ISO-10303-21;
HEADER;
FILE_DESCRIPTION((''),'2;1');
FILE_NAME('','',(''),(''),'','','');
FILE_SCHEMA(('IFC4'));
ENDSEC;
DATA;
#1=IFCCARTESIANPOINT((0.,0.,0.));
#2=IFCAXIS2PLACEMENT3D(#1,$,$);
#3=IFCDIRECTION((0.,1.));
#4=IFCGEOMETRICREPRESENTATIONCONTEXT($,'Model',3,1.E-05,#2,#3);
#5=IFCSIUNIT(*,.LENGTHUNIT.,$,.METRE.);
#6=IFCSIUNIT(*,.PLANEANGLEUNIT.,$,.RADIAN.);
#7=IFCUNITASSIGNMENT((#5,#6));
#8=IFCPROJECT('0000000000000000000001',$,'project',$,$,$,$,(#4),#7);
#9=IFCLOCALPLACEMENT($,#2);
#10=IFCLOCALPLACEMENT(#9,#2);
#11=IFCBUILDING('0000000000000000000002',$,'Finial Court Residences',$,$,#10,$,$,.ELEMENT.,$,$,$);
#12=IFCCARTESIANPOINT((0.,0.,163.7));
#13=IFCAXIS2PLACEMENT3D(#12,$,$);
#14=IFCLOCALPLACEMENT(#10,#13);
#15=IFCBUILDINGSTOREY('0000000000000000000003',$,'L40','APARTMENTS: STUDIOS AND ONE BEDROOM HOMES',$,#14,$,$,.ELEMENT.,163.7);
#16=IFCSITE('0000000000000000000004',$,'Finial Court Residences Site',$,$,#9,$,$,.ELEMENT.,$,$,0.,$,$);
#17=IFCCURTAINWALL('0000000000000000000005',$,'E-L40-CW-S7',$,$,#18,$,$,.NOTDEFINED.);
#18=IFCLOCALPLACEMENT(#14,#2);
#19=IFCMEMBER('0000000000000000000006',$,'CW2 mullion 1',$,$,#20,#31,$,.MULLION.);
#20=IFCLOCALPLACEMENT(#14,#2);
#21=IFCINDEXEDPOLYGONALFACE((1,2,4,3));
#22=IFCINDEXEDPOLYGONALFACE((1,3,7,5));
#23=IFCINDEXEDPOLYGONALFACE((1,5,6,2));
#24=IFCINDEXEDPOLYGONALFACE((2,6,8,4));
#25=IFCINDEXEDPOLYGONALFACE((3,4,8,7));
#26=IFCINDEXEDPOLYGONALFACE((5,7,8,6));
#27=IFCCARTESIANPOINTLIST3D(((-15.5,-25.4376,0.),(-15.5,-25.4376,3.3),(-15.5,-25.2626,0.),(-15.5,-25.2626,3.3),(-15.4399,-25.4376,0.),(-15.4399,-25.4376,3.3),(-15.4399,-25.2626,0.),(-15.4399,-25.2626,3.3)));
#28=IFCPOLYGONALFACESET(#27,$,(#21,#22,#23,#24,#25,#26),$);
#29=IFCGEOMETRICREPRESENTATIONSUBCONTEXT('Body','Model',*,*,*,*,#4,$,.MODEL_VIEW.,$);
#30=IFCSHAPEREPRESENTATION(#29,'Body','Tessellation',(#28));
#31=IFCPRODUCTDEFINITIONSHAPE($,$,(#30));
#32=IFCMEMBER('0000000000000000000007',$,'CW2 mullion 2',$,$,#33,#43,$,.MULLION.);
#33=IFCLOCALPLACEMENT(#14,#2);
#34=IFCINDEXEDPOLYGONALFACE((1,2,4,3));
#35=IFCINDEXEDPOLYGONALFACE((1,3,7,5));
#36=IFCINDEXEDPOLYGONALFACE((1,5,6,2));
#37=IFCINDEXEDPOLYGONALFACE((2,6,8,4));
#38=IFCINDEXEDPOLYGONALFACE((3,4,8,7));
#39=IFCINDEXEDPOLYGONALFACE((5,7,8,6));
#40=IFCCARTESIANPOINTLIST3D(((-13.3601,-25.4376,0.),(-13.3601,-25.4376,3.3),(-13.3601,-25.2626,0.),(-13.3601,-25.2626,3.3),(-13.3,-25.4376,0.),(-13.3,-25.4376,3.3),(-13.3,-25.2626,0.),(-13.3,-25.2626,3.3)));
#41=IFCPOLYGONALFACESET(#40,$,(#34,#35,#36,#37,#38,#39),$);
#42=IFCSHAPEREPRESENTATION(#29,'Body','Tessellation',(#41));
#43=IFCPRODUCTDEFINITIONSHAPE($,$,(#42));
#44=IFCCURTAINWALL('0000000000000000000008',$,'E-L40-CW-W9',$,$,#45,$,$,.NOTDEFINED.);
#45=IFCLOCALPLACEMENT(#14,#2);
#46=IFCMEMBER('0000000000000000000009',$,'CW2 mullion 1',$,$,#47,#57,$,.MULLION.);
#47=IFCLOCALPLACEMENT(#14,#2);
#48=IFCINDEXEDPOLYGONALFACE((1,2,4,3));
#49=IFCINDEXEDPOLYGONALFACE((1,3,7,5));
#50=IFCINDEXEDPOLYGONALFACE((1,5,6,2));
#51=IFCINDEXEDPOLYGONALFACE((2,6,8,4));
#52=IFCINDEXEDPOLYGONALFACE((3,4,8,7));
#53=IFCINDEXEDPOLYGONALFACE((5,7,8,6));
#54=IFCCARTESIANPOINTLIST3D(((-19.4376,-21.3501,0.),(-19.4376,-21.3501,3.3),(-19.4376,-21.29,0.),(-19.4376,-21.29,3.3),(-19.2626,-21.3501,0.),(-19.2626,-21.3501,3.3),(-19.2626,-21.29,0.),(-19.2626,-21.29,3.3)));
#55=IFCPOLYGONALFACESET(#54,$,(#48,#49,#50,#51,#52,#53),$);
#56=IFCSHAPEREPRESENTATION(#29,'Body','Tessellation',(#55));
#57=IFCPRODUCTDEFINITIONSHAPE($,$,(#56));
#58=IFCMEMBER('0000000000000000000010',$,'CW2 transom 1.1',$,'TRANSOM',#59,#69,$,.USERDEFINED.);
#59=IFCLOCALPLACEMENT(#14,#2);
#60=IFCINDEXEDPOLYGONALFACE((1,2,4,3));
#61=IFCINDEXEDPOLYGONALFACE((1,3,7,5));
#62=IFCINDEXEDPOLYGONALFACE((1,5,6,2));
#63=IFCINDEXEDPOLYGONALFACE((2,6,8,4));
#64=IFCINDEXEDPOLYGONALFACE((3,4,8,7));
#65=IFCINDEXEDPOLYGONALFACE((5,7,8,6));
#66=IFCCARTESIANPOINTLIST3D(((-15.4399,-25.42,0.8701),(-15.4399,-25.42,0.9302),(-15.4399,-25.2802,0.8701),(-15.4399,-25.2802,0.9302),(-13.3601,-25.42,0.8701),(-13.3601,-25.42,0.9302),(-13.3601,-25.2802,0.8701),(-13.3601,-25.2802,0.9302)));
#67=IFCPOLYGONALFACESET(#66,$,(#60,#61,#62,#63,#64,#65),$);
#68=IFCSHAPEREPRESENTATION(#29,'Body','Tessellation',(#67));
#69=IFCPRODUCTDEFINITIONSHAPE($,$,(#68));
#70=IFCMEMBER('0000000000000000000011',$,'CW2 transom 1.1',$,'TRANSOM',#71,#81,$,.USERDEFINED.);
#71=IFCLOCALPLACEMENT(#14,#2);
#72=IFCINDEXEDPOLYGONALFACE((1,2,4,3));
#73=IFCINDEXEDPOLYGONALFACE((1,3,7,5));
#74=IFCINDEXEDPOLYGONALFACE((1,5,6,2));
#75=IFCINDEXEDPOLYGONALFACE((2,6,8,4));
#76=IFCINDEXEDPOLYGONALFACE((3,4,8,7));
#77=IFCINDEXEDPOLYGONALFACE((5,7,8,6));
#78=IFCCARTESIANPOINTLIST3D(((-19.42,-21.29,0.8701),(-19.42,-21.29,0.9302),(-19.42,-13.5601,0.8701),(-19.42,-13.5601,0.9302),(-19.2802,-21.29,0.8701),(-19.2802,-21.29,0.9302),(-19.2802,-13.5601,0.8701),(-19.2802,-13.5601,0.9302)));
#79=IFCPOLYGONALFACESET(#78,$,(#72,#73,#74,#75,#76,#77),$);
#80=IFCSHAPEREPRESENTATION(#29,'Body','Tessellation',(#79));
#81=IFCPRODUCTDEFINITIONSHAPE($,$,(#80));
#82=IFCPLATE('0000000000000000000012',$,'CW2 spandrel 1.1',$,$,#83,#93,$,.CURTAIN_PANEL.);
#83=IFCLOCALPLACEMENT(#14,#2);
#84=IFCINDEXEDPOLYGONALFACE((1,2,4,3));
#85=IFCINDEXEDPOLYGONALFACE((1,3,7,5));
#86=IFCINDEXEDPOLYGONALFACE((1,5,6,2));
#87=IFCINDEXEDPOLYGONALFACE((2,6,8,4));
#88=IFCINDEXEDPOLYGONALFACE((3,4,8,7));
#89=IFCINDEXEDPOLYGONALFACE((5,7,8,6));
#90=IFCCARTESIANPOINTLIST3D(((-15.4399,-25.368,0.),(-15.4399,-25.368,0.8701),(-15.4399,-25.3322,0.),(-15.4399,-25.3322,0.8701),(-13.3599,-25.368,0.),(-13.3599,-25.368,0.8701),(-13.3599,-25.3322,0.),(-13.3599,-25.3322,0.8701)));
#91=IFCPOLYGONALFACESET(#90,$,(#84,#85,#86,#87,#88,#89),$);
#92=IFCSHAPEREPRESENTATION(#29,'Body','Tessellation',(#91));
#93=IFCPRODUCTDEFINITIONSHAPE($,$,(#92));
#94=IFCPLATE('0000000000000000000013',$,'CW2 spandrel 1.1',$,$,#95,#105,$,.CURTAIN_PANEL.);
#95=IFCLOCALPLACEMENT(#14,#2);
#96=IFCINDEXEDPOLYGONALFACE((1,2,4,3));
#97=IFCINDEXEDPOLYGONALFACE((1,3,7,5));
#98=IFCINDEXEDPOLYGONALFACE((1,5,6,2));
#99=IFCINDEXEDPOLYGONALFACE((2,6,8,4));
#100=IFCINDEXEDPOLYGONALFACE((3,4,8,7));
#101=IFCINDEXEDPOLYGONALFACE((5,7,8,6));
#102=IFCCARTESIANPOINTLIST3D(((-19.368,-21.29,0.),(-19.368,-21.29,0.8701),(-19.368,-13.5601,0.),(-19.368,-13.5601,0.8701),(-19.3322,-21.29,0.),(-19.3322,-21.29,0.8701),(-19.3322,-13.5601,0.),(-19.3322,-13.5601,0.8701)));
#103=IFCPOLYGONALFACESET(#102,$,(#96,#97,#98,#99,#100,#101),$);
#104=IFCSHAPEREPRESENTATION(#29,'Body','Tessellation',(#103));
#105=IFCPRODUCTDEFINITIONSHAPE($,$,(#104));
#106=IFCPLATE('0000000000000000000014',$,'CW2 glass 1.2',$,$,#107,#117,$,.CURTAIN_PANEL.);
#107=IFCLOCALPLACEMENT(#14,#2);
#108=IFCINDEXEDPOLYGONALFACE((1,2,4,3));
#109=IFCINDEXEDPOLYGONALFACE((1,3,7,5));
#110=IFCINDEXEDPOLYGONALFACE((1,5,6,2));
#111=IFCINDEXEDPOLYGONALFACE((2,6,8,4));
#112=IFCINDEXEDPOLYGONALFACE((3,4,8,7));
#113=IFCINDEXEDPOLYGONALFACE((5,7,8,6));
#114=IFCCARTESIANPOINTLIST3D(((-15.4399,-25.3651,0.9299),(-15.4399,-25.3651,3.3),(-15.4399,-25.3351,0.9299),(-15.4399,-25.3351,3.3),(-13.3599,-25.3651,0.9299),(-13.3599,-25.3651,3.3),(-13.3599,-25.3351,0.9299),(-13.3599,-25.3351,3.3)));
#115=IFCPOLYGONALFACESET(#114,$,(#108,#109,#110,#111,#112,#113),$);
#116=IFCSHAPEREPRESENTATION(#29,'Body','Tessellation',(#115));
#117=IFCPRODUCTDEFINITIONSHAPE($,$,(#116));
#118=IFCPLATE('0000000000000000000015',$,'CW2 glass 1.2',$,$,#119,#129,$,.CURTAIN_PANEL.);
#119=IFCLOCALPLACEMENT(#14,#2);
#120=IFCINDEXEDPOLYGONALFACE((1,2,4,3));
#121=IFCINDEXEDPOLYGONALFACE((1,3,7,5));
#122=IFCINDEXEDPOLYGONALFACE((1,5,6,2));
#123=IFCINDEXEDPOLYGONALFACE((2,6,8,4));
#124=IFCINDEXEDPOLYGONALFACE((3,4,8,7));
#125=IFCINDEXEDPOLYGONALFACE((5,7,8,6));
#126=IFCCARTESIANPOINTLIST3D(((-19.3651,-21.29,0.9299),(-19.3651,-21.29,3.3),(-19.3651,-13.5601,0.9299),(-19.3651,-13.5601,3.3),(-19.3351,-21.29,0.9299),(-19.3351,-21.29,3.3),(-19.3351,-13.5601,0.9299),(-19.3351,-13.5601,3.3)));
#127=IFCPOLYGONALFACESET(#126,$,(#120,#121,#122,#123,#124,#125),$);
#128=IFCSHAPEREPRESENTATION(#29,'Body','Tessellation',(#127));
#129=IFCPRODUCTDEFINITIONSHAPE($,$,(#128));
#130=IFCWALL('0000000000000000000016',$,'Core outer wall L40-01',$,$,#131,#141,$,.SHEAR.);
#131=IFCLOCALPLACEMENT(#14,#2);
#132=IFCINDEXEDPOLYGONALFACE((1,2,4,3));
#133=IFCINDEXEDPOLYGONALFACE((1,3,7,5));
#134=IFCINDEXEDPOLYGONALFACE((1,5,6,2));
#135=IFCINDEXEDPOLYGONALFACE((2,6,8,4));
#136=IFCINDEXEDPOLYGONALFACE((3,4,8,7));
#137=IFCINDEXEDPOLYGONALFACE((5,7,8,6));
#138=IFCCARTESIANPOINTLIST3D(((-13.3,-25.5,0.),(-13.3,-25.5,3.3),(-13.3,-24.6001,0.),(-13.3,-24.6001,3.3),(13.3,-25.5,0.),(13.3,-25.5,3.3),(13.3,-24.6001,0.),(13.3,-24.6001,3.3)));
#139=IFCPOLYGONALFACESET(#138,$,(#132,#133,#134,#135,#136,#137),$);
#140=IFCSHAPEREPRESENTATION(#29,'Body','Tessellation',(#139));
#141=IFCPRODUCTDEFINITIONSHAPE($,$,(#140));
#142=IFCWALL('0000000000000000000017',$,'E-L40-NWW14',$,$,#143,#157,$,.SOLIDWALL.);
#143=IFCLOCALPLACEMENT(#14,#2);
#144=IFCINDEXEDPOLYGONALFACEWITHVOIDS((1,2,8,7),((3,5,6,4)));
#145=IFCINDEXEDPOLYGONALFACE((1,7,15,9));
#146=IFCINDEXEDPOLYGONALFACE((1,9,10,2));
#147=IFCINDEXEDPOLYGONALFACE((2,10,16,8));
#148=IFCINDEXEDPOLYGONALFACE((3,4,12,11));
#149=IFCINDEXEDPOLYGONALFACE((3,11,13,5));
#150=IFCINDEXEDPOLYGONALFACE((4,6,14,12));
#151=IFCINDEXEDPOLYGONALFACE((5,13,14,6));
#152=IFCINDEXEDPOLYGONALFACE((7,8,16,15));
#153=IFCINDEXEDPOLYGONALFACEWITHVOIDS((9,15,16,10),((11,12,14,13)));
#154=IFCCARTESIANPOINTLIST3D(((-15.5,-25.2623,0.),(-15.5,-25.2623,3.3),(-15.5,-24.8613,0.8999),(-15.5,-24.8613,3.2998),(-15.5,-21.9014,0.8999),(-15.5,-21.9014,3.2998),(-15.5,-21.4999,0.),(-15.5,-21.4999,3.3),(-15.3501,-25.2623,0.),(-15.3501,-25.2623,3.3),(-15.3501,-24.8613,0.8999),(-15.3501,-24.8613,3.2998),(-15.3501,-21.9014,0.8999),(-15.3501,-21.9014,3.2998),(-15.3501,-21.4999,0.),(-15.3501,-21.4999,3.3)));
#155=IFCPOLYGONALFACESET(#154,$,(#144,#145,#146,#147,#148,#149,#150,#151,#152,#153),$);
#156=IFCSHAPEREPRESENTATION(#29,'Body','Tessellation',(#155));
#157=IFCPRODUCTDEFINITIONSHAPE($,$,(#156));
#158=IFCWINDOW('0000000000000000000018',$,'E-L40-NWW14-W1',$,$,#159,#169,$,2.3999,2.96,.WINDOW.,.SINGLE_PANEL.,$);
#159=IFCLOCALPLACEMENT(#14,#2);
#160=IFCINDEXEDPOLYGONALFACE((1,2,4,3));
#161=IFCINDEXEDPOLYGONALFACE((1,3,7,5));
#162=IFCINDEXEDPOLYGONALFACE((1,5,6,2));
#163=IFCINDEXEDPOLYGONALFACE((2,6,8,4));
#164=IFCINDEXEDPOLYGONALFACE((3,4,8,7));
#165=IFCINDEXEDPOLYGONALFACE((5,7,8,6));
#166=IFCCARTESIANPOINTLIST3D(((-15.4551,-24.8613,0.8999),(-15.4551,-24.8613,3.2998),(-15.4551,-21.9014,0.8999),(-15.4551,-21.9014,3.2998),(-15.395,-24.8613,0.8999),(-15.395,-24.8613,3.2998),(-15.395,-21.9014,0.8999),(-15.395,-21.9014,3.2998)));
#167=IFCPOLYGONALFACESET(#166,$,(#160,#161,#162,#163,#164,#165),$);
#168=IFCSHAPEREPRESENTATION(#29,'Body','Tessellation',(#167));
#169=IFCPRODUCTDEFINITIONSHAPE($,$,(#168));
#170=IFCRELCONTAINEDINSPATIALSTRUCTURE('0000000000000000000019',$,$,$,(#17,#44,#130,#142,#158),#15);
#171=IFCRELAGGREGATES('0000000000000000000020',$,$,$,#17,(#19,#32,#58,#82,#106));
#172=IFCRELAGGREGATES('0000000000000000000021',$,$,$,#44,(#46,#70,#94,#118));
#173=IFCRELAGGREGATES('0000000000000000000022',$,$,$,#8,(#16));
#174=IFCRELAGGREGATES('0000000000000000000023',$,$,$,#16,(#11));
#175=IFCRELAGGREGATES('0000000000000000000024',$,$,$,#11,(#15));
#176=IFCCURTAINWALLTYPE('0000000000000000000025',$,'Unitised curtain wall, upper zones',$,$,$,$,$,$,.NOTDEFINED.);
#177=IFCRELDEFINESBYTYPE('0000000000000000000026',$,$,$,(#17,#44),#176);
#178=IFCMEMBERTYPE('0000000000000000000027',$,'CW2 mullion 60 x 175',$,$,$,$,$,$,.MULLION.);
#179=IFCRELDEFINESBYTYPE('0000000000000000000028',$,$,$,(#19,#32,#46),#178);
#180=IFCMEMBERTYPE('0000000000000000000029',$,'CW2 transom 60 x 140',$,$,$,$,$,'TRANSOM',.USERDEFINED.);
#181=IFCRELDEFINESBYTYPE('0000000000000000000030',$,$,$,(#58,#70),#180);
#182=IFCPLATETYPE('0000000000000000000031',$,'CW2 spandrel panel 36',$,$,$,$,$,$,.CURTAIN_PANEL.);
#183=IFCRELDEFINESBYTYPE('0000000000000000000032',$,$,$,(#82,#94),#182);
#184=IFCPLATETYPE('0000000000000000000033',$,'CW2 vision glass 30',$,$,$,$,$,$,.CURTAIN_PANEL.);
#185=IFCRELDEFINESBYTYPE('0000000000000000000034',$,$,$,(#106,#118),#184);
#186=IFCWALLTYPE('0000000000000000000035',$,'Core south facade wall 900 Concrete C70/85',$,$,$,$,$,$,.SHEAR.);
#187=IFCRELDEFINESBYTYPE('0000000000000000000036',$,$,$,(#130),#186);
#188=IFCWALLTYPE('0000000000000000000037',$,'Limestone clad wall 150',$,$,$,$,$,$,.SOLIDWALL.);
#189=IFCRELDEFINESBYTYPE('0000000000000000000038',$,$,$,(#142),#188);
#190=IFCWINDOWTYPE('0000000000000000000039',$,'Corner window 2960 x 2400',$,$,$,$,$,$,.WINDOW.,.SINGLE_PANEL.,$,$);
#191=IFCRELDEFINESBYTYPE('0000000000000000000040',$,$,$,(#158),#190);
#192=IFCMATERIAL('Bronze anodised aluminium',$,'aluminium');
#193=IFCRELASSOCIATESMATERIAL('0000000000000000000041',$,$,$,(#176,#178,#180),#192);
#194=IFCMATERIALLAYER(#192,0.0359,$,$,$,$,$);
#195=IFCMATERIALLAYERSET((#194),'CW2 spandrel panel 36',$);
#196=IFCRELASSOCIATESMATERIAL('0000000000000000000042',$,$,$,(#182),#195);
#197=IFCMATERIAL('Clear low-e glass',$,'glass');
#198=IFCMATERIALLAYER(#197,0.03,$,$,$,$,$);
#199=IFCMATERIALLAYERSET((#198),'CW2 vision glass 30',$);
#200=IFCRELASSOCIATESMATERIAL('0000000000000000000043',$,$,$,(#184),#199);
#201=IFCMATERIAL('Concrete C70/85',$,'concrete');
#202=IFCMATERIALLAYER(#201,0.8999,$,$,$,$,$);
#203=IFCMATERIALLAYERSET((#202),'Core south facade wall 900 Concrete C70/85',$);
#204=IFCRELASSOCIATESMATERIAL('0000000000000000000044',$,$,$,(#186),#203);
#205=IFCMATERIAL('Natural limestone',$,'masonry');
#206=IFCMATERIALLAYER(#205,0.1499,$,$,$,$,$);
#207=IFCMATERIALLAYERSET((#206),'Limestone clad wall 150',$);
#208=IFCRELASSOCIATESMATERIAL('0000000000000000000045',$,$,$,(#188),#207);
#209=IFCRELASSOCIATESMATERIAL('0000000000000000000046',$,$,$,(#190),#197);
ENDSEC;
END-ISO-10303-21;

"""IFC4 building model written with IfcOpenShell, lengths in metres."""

from ifc_helpers import new_model, si_unit, direction, frame, frame_2d, origin, origin_2d, place, context, subcontext, project, spatial, rectangle, extrude, material, layer, layer_set, material_profile, profile_set, type_object, element, fill, aggregate, save


model = new_model("IFC4")

# Units and contexts
model_context = context("Model", 3, precision=1e-05, world=origin(), true_north=direction((0.0, 1.0)))
body_context = subcontext(model_context, "Body", "Model", "MODEL_VIEW")
ifc_project = project(units=[si_unit("LENGTHUNIT", "METRE"), si_unit("PLANEANGLEUNIT", "RADIAN")], contexts=[model_context])

# Site, building, storey
site_placement = place(None, origin())
site = spatial("IfcSite", under=ifc_project, at=site_placement, Name="Finial Court Residences Site", CompositionType="ELEMENT", RefElevation=0.0)
building_placement = place(site_placement, origin())
building = spatial("IfcBuilding", under=site, at=building_placement, Name="Finial Court Residences", CompositionType="ELEMENT")
storey_placement = place(building_placement, frame((0.0, 0.0, 163.7)))
storey = spatial("IfcBuildingStorey", under=building, at=storey_placement, Name="L40", Description="APARTMENTS: STUDIOS AND ONE BEDROOM HOMES", CompositionType="ELEMENT", Elevation=163.7)

# Curtain wall, members
ifc_material_1 = material(Name="Bronze anodised aluminium", Category="aluminium")
curtain_wall_type = type_object("IfcCurtainWallType", Name="Unitised curtain wall, upper zones", PredefinedType="NOTDEFINED", material=ifc_material_1)
curtain_wall_1_placement = place(storey_placement, origin())
curtain_wall_1 = element("IfcCurtainWall", 1, at=curtain_wall_1_placement, inside=storey, type_object=curtain_wall_type, Name="E-L40-CW-S7", PredefinedType="NOTDEFINED")
ifc_material_profile_1 = material_profile(ifc_material_1, rectangle(XDim=0.175, YDim=0.0601, at=origin_2d()), Name="CW2 mullion 60 x 175")
ifc_profile_set_1 = profile_set([ifc_material_profile_1], Name="Bronze anodised aluminium")
member_type_1 = type_object("IfcMemberType", Name="CW2 mullion 60 x 175", PredefinedType="MULLION", material=ifc_profile_set_1)
member_1_placement = place(storey_placement, frame((-15.47, -25.3501, 0.0), z_axis=(0.0, 0.0, 1.0), x_axis=(0.0, 1.0, 0.0)))
member_1 = element("IfcMember", 2, at=member_1_placement, type_object=member_type_1, Name="CW2 mullion 1", PredefinedType="MULLION", context=body_context, shape_type="SweptSolid", body=[
    extrude(rectangle(XDim=0.175, YDim=0.0601, at=origin_2d()), origin(), (0.0, 0.0, 1.0), 3.3),
])
member_2_placement = place(storey_placement, frame((-13.3301, -25.3501, 0.0), z_axis=(0.0, 0.0, 1.0), x_axis=(0.0, 1.0, 0.0)))
member_2 = element("IfcMember", 3, at=member_2_placement, type_object=member_type_1, Name="CW2 mullion 2", PredefinedType="MULLION", context=body_context, shape_type="SweptSolid", body=[
    extrude(rectangle(XDim=0.175, YDim=0.0601, at=origin_2d()), origin(), (0.0, 0.0, 1.0), 3.3),
])

# Curtain wall, member
curtain_wall_2_placement = place(storey_placement, origin())
curtain_wall_2 = element("IfcCurtainWall", 4, at=curtain_wall_2_placement, inside=storey, type_object=curtain_wall_type, Name="E-L40-CW-W9", PredefinedType="NOTDEFINED")
member_3_placement = place(storey_placement, frame((-19.3501, -21.3201, 0.0), z_axis=(0.0, 0.0, 1.0), x_axis=(-1.0, 0.0, 0.0)))
member_3 = element("IfcMember", 5, at=member_3_placement, type_object=member_type_1, Name="CW2 mullion 1", PredefinedType="MULLION", context=body_context, shape_type="SweptSolid", body=[
    extrude(rectangle(XDim=0.175, YDim=0.0601, at=origin_2d()), origin(), (0.0, 0.0, 1.0), 3.3),
])

# Members
ifc_material_profile_2 = material_profile(ifc_material_1, rectangle(XDim=0.1399, YDim=0.0601, at=origin_2d()), Name="CW2 transom 60 x 140")
ifc_profile_set_2 = profile_set([ifc_material_profile_2], Name="Bronze anodised aluminium")
member_type_2 = type_object("IfcMemberType", Name="CW2 transom 60 x 140", ElementType="TRANSOM", PredefinedType="USERDEFINED", material=ifc_profile_set_2)
member_4_placement = place(storey_placement, frame((-15.4399, -25.3501, 0.9001), z_axis=(1.0, 0.0, 0.0), x_axis=(0.0, 1.0, 0.0)))
member_4 = element("IfcMember", 6, at=member_4_placement, type_object=member_type_2, Name="CW2 transom 1.1", ObjectType="TRANSOM", PredefinedType="USERDEFINED", context=body_context, shape_type="SweptSolid", body=[
    extrude(rectangle(XDim=0.1399, YDim=0.0601, at=origin_2d()), origin(), (0.0, 0.0, 1.0), 2.0798),
])
member_5_placement = place(storey_placement, frame((-19.3501, -21.29, 0.9001), z_axis=(0.0, 1.0, 0.0), x_axis=(-1.0, 0.0, 0.0)))
member_5 = element("IfcMember", 7, at=member_5_placement, type_object=member_type_2, Name="CW2 transom 1.1", ObjectType="TRANSOM", PredefinedType="USERDEFINED", context=body_context, shape_type="SweptSolid", body=[
    extrude(rectangle(XDim=0.1399, YDim=0.0601, at=origin_2d()), origin(), (0.0, 0.0, 1.0), 7.73),
])

# Plates
ifc_layer_1 = layer(ifc_material_1, 0.0359)
ifc_layer_set_1 = layer_set([ifc_layer_1], Name="CW2 spandrel panel 36")
plate_type_1 = type_object("IfcPlateType", Name="CW2 spandrel panel 36", PredefinedType="CURTAIN_PANEL", material=ifc_layer_set_1)
plate_1_placement = place(storey_placement, frame((-14.3999, -25.3501, 0.0), z_axis=(0.0, 0.0, 1.0), x_axis=(1.0, 0.0, 0.0)))
plate_1 = element("IfcPlate", 8, at=plate_1_placement, type_object=plate_type_1, Name="CW2 spandrel 1.1", PredefinedType="CURTAIN_PANEL", context=body_context, shape_type="SweptSolid", body=[
    extrude(rectangle(XDim=2.0801, YDim=0.0359, at=origin_2d()), origin(), (0.0, 0.0, 1.0), 0.8701),
])
plate_2_placement = place(storey_placement, frame((-19.3501, -17.425, 0.0), z_axis=(0.0, 0.0, 1.0), x_axis=(0.0, 1.0, 0.0)))
plate_2 = element("IfcPlate", 9, at=plate_2_placement, type_object=plate_type_1, Name="CW2 spandrel 1.1", PredefinedType="CURTAIN_PANEL", context=body_context, shape_type="SweptSolid", body=[
    extrude(rectangle(XDim=7.73, YDim=0.0359, at=origin_2d()), origin(), (0.0, 0.0, 1.0), 0.8701),
])
ifc_material_2 = material(Name="Clear low-e glass", Category="glass")
ifc_layer_2 = layer(ifc_material_2, 0.03)
ifc_layer_set_2 = layer_set([ifc_layer_2], Name="CW2 vision glass 30")
plate_type_2 = type_object("IfcPlateType", Name="CW2 vision glass 30", PredefinedType="CURTAIN_PANEL", material=ifc_layer_set_2)
plate_3_placement = place(storey_placement, frame((-14.3999, -25.3501, 0.9299), z_axis=(0.0, 0.0, 1.0), x_axis=(1.0, 0.0, 0.0)))
plate_3 = element("IfcPlate", 10, at=plate_3_placement, type_object=plate_type_2, Name="CW2 glass 1.2", PredefinedType="CURTAIN_PANEL", context=body_context, shape_type="SweptSolid", body=[
    extrude(rectangle(XDim=2.0801, YDim=0.03, at=origin_2d()), origin(), (0.0, 0.0, 1.0), 2.3701),
])
aggregate(curtain_wall_1, [member_1, member_2, member_4, plate_1, plate_3])
plate_4_placement = place(storey_placement, frame((-19.3501, -17.425, 0.9299), z_axis=(0.0, 0.0, 1.0), x_axis=(0.0, 1.0, 0.0)))
plate_4 = element("IfcPlate", 11, at=plate_4_placement, type_object=plate_type_2, Name="CW2 glass 1.2", PredefinedType="CURTAIN_PANEL", context=body_context, shape_type="SweptSolid", body=[
    extrude(rectangle(XDim=7.73, YDim=0.03, at=origin_2d()), origin(), (0.0, 0.0, 1.0), 2.3701),
])
aggregate(curtain_wall_2, [member_3, member_5, plate_2, plate_4])

# Wall
ifc_material_3 = material(Name="Concrete C70/85", Category="concrete")
ifc_layer_3 = layer(ifc_material_3, 0.8999)
ifc_layer_set_3 = layer_set([ifc_layer_3], Name="Core south facade wall 900 Concrete C70/85")
wall_type_1 = type_object("IfcWallType", Name="Core south facade wall 900 Concrete C70/85", PredefinedType="SHEAR", material=ifc_layer_set_3)
wall_1_placement = place(storey_placement, frame((-13.3, -25.05, 0.0), z_axis=(0.0, 0.0, 1.0), x_axis=(1.0, 0.0, 0.0)))
element("IfcWall", 12, at=wall_1_placement, inside=storey, type_object=wall_type_1, Name="Core outer wall L40-01", PredefinedType="SHEAR", context=body_context, shape_type="SweptSolid", body=[
    extrude(rectangle(XDim=26.6001, YDim=0.8999, at=frame_2d((13.3, 0.0))), origin(), (0.0, 0.0, 1.0), 3.3),
])

# Wall, opening, window
ifc_material_4 = material(Name="Natural limestone", Category="masonry")
ifc_layer_4 = layer(ifc_material_4, 0.1499)
ifc_layer_set_4 = layer_set([ifc_layer_4], Name="Limestone clad wall 150")
wall_type_2 = type_object("IfcWallType", Name="Limestone clad wall 150", PredefinedType="SOLIDWALL", material=ifc_layer_set_4)
wall_2_placement = place(storey_placement, frame((-15.425, -25.2625, 0.0), z_axis=(0.0, 0.0, 1.0), x_axis=(0.0, 1.0, 0.0)))
wall_2 = element("IfcWall", 13, at=wall_2_placement, inside=storey, type_object=wall_type_2, Name="E-L40-NWW14", PredefinedType="SOLIDWALL", context=body_context, shape_type="SweptSolid", body=[
    extrude(rectangle(XDim=3.7625, YDim=0.1499, at=frame_2d((1.8813, 0.0))), origin(), (0.0, 0.0, 1.0), 3.3),
])
opening_1_placement = place(wall_2_placement, frame((0.4011, 0.0, 0.8999)))
opening_1 = element("IfcOpeningElement", 14, at=opening_1_placement, cuts=wall_2, PredefinedType="OPENING", context=body_context, shape_type="SweptSolid", body=[
    extrude(rectangle(XDim=2.96, YDim=2.3999, at=frame_2d((1.48, 1.2))), frame((0.0, 0.085, 0.0), z_axis=(0.0, -1.0, 0.0), x_axis=(1.0, 0.0, 0.0)), (0.0, 0.0, 1.0), 0.1699),
])
window_type_1 = type_object("IfcWindowType", Name="Corner window 2960 x 2400", PartitioningType="SINGLE_PANEL", PredefinedType="WINDOW", material=ifc_material_2)
window_1_placement = place(opening_1_placement, origin())
window_1 = element("IfcWindow", 15, at=window_1_placement, inside=storey, type_object=window_type_1, Name="E-L40-NWW14-W1", OverallHeight=2.3999, OverallWidth=2.96, PartitioningType="SINGLE_PANEL", PredefinedType="WINDOW", context=body_context, shape_type="SweptSolid", body=[
    extrude(rectangle(XDim=2.96, YDim=2.3999, at=frame_2d((1.48, 1.2))), frame((0.0, 0.03, 0.0), z_axis=(0.0, -1.0, 0.0), x_axis=(1.0, 0.0, 0.0)), (0.0, 0.0, 1.0), 0.0601),
])
fill(opening_1, window_1)

save(model, "model.ifc")
